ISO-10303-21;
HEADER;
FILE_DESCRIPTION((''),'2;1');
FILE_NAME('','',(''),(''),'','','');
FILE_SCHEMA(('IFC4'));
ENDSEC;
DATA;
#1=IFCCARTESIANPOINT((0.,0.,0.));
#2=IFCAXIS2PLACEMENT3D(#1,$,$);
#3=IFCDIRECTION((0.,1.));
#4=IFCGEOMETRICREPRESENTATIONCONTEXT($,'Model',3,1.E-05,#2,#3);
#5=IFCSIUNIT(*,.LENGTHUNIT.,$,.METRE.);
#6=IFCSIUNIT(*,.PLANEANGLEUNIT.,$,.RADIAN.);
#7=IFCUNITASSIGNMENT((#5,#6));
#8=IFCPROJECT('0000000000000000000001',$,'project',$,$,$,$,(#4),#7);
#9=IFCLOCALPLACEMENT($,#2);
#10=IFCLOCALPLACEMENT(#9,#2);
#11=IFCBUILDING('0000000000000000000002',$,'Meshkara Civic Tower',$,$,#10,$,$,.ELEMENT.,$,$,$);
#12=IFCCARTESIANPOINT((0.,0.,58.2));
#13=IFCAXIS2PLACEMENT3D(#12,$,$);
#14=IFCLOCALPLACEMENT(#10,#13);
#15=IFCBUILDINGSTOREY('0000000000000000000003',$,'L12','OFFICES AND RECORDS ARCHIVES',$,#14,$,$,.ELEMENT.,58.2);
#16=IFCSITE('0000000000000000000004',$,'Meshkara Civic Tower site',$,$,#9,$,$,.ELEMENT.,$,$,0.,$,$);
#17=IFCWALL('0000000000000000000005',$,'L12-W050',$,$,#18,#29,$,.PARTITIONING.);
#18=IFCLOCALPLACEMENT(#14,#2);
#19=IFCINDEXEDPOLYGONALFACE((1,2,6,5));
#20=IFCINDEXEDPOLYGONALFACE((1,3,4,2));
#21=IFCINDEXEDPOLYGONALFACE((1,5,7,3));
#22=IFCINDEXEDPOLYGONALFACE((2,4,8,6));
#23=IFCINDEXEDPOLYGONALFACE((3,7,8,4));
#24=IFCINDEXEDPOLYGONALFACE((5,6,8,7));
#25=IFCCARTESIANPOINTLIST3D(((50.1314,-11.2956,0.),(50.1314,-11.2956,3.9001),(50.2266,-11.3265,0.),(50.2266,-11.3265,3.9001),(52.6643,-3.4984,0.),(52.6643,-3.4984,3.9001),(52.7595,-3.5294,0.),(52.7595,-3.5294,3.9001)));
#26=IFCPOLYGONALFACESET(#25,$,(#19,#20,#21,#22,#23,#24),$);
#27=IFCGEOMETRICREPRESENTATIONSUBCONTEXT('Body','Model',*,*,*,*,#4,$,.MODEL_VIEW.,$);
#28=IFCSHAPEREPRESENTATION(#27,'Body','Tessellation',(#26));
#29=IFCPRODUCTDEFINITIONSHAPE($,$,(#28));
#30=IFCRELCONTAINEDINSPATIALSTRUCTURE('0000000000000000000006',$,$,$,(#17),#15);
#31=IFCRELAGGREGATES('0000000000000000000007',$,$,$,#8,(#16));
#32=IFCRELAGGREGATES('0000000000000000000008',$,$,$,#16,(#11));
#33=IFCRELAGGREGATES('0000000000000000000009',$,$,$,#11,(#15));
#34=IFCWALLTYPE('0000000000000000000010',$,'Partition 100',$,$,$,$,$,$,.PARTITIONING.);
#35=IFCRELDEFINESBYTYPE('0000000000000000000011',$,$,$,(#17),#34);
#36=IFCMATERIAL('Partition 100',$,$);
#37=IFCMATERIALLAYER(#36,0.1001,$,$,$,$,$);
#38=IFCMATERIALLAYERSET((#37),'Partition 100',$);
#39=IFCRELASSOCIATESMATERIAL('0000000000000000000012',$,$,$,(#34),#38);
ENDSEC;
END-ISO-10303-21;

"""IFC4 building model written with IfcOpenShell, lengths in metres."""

from ifc_helpers import new_model, si_unit, direction, frame, frame_2d, origin, place, context, subcontext, project, spatial, rectangle, extrude, material, layer, layer_set, type_object, element, save


model = new_model("IFC4")

# Units and contexts
model_context = context("Model", 3, precision=1e-05, world=origin(), true_north=direction((0.0, 1.0)))
body_context = subcontext(model_context, "Body", "Model", "MODEL_VIEW")
ifc_project = project(units=[si_unit("LENGTHUNIT", "METRE"), si_unit("PLANEANGLEUNIT", "RADIAN")], contexts=[model_context])

# Site, building, storey
site_placement = place(None, origin())
site = spatial("IfcSite", under=ifc_project, at=site_placement, Name="Meshkara Civic Tower site", CompositionType="ELEMENT", RefElevation=0.0)
building_placement = place(site_placement, origin())
building = spatial("IfcBuilding", under=site, at=building_placement, Name="Meshkara Civic Tower", CompositionType="ELEMENT")
storey_placement = place(building_placement, frame((0.0, 0.0, 58.2)))
storey = spatial("IfcBuildingStorey", under=building, at=storey_placement, Name="L12", Description="OFFICES AND RECORDS ARCHIVES", CompositionType="ELEMENT", Elevation=58.2)

# Wall
ifc_material_1 = material(Name="Partition 100")
ifc_layer_1 = layer(ifc_material_1, 0.1001)
ifc_layer_set_1 = layer_set([ifc_layer_1], Name="Partition 100")
wall_type_1 = type_object("IfcWallType", Name="Partition 100", PredefinedType="PARTITIONING", material=ifc_layer_set_1)
wall_1_placement = place(storey_placement, frame((50.179, -11.311, 0.0), z_axis=(0.0, 0.0, 1.0), x_axis=(0.308964, 0.951074, 0.0)))
element("IfcWall", 1, at=wall_1_placement, inside=storey, type_object=wall_type_1, Name="L12-W050", PredefinedType="PARTITIONING", context=body_context, shape_type="SweptSolid", body=[
    extrude(rectangle(XDim=8.1982, YDim=0.1001, at=frame_2d((4.0991, 0.0))), origin(), (0.0, 0.0, 1.0), 3.9001),
])

save(model, "model.ifc")
